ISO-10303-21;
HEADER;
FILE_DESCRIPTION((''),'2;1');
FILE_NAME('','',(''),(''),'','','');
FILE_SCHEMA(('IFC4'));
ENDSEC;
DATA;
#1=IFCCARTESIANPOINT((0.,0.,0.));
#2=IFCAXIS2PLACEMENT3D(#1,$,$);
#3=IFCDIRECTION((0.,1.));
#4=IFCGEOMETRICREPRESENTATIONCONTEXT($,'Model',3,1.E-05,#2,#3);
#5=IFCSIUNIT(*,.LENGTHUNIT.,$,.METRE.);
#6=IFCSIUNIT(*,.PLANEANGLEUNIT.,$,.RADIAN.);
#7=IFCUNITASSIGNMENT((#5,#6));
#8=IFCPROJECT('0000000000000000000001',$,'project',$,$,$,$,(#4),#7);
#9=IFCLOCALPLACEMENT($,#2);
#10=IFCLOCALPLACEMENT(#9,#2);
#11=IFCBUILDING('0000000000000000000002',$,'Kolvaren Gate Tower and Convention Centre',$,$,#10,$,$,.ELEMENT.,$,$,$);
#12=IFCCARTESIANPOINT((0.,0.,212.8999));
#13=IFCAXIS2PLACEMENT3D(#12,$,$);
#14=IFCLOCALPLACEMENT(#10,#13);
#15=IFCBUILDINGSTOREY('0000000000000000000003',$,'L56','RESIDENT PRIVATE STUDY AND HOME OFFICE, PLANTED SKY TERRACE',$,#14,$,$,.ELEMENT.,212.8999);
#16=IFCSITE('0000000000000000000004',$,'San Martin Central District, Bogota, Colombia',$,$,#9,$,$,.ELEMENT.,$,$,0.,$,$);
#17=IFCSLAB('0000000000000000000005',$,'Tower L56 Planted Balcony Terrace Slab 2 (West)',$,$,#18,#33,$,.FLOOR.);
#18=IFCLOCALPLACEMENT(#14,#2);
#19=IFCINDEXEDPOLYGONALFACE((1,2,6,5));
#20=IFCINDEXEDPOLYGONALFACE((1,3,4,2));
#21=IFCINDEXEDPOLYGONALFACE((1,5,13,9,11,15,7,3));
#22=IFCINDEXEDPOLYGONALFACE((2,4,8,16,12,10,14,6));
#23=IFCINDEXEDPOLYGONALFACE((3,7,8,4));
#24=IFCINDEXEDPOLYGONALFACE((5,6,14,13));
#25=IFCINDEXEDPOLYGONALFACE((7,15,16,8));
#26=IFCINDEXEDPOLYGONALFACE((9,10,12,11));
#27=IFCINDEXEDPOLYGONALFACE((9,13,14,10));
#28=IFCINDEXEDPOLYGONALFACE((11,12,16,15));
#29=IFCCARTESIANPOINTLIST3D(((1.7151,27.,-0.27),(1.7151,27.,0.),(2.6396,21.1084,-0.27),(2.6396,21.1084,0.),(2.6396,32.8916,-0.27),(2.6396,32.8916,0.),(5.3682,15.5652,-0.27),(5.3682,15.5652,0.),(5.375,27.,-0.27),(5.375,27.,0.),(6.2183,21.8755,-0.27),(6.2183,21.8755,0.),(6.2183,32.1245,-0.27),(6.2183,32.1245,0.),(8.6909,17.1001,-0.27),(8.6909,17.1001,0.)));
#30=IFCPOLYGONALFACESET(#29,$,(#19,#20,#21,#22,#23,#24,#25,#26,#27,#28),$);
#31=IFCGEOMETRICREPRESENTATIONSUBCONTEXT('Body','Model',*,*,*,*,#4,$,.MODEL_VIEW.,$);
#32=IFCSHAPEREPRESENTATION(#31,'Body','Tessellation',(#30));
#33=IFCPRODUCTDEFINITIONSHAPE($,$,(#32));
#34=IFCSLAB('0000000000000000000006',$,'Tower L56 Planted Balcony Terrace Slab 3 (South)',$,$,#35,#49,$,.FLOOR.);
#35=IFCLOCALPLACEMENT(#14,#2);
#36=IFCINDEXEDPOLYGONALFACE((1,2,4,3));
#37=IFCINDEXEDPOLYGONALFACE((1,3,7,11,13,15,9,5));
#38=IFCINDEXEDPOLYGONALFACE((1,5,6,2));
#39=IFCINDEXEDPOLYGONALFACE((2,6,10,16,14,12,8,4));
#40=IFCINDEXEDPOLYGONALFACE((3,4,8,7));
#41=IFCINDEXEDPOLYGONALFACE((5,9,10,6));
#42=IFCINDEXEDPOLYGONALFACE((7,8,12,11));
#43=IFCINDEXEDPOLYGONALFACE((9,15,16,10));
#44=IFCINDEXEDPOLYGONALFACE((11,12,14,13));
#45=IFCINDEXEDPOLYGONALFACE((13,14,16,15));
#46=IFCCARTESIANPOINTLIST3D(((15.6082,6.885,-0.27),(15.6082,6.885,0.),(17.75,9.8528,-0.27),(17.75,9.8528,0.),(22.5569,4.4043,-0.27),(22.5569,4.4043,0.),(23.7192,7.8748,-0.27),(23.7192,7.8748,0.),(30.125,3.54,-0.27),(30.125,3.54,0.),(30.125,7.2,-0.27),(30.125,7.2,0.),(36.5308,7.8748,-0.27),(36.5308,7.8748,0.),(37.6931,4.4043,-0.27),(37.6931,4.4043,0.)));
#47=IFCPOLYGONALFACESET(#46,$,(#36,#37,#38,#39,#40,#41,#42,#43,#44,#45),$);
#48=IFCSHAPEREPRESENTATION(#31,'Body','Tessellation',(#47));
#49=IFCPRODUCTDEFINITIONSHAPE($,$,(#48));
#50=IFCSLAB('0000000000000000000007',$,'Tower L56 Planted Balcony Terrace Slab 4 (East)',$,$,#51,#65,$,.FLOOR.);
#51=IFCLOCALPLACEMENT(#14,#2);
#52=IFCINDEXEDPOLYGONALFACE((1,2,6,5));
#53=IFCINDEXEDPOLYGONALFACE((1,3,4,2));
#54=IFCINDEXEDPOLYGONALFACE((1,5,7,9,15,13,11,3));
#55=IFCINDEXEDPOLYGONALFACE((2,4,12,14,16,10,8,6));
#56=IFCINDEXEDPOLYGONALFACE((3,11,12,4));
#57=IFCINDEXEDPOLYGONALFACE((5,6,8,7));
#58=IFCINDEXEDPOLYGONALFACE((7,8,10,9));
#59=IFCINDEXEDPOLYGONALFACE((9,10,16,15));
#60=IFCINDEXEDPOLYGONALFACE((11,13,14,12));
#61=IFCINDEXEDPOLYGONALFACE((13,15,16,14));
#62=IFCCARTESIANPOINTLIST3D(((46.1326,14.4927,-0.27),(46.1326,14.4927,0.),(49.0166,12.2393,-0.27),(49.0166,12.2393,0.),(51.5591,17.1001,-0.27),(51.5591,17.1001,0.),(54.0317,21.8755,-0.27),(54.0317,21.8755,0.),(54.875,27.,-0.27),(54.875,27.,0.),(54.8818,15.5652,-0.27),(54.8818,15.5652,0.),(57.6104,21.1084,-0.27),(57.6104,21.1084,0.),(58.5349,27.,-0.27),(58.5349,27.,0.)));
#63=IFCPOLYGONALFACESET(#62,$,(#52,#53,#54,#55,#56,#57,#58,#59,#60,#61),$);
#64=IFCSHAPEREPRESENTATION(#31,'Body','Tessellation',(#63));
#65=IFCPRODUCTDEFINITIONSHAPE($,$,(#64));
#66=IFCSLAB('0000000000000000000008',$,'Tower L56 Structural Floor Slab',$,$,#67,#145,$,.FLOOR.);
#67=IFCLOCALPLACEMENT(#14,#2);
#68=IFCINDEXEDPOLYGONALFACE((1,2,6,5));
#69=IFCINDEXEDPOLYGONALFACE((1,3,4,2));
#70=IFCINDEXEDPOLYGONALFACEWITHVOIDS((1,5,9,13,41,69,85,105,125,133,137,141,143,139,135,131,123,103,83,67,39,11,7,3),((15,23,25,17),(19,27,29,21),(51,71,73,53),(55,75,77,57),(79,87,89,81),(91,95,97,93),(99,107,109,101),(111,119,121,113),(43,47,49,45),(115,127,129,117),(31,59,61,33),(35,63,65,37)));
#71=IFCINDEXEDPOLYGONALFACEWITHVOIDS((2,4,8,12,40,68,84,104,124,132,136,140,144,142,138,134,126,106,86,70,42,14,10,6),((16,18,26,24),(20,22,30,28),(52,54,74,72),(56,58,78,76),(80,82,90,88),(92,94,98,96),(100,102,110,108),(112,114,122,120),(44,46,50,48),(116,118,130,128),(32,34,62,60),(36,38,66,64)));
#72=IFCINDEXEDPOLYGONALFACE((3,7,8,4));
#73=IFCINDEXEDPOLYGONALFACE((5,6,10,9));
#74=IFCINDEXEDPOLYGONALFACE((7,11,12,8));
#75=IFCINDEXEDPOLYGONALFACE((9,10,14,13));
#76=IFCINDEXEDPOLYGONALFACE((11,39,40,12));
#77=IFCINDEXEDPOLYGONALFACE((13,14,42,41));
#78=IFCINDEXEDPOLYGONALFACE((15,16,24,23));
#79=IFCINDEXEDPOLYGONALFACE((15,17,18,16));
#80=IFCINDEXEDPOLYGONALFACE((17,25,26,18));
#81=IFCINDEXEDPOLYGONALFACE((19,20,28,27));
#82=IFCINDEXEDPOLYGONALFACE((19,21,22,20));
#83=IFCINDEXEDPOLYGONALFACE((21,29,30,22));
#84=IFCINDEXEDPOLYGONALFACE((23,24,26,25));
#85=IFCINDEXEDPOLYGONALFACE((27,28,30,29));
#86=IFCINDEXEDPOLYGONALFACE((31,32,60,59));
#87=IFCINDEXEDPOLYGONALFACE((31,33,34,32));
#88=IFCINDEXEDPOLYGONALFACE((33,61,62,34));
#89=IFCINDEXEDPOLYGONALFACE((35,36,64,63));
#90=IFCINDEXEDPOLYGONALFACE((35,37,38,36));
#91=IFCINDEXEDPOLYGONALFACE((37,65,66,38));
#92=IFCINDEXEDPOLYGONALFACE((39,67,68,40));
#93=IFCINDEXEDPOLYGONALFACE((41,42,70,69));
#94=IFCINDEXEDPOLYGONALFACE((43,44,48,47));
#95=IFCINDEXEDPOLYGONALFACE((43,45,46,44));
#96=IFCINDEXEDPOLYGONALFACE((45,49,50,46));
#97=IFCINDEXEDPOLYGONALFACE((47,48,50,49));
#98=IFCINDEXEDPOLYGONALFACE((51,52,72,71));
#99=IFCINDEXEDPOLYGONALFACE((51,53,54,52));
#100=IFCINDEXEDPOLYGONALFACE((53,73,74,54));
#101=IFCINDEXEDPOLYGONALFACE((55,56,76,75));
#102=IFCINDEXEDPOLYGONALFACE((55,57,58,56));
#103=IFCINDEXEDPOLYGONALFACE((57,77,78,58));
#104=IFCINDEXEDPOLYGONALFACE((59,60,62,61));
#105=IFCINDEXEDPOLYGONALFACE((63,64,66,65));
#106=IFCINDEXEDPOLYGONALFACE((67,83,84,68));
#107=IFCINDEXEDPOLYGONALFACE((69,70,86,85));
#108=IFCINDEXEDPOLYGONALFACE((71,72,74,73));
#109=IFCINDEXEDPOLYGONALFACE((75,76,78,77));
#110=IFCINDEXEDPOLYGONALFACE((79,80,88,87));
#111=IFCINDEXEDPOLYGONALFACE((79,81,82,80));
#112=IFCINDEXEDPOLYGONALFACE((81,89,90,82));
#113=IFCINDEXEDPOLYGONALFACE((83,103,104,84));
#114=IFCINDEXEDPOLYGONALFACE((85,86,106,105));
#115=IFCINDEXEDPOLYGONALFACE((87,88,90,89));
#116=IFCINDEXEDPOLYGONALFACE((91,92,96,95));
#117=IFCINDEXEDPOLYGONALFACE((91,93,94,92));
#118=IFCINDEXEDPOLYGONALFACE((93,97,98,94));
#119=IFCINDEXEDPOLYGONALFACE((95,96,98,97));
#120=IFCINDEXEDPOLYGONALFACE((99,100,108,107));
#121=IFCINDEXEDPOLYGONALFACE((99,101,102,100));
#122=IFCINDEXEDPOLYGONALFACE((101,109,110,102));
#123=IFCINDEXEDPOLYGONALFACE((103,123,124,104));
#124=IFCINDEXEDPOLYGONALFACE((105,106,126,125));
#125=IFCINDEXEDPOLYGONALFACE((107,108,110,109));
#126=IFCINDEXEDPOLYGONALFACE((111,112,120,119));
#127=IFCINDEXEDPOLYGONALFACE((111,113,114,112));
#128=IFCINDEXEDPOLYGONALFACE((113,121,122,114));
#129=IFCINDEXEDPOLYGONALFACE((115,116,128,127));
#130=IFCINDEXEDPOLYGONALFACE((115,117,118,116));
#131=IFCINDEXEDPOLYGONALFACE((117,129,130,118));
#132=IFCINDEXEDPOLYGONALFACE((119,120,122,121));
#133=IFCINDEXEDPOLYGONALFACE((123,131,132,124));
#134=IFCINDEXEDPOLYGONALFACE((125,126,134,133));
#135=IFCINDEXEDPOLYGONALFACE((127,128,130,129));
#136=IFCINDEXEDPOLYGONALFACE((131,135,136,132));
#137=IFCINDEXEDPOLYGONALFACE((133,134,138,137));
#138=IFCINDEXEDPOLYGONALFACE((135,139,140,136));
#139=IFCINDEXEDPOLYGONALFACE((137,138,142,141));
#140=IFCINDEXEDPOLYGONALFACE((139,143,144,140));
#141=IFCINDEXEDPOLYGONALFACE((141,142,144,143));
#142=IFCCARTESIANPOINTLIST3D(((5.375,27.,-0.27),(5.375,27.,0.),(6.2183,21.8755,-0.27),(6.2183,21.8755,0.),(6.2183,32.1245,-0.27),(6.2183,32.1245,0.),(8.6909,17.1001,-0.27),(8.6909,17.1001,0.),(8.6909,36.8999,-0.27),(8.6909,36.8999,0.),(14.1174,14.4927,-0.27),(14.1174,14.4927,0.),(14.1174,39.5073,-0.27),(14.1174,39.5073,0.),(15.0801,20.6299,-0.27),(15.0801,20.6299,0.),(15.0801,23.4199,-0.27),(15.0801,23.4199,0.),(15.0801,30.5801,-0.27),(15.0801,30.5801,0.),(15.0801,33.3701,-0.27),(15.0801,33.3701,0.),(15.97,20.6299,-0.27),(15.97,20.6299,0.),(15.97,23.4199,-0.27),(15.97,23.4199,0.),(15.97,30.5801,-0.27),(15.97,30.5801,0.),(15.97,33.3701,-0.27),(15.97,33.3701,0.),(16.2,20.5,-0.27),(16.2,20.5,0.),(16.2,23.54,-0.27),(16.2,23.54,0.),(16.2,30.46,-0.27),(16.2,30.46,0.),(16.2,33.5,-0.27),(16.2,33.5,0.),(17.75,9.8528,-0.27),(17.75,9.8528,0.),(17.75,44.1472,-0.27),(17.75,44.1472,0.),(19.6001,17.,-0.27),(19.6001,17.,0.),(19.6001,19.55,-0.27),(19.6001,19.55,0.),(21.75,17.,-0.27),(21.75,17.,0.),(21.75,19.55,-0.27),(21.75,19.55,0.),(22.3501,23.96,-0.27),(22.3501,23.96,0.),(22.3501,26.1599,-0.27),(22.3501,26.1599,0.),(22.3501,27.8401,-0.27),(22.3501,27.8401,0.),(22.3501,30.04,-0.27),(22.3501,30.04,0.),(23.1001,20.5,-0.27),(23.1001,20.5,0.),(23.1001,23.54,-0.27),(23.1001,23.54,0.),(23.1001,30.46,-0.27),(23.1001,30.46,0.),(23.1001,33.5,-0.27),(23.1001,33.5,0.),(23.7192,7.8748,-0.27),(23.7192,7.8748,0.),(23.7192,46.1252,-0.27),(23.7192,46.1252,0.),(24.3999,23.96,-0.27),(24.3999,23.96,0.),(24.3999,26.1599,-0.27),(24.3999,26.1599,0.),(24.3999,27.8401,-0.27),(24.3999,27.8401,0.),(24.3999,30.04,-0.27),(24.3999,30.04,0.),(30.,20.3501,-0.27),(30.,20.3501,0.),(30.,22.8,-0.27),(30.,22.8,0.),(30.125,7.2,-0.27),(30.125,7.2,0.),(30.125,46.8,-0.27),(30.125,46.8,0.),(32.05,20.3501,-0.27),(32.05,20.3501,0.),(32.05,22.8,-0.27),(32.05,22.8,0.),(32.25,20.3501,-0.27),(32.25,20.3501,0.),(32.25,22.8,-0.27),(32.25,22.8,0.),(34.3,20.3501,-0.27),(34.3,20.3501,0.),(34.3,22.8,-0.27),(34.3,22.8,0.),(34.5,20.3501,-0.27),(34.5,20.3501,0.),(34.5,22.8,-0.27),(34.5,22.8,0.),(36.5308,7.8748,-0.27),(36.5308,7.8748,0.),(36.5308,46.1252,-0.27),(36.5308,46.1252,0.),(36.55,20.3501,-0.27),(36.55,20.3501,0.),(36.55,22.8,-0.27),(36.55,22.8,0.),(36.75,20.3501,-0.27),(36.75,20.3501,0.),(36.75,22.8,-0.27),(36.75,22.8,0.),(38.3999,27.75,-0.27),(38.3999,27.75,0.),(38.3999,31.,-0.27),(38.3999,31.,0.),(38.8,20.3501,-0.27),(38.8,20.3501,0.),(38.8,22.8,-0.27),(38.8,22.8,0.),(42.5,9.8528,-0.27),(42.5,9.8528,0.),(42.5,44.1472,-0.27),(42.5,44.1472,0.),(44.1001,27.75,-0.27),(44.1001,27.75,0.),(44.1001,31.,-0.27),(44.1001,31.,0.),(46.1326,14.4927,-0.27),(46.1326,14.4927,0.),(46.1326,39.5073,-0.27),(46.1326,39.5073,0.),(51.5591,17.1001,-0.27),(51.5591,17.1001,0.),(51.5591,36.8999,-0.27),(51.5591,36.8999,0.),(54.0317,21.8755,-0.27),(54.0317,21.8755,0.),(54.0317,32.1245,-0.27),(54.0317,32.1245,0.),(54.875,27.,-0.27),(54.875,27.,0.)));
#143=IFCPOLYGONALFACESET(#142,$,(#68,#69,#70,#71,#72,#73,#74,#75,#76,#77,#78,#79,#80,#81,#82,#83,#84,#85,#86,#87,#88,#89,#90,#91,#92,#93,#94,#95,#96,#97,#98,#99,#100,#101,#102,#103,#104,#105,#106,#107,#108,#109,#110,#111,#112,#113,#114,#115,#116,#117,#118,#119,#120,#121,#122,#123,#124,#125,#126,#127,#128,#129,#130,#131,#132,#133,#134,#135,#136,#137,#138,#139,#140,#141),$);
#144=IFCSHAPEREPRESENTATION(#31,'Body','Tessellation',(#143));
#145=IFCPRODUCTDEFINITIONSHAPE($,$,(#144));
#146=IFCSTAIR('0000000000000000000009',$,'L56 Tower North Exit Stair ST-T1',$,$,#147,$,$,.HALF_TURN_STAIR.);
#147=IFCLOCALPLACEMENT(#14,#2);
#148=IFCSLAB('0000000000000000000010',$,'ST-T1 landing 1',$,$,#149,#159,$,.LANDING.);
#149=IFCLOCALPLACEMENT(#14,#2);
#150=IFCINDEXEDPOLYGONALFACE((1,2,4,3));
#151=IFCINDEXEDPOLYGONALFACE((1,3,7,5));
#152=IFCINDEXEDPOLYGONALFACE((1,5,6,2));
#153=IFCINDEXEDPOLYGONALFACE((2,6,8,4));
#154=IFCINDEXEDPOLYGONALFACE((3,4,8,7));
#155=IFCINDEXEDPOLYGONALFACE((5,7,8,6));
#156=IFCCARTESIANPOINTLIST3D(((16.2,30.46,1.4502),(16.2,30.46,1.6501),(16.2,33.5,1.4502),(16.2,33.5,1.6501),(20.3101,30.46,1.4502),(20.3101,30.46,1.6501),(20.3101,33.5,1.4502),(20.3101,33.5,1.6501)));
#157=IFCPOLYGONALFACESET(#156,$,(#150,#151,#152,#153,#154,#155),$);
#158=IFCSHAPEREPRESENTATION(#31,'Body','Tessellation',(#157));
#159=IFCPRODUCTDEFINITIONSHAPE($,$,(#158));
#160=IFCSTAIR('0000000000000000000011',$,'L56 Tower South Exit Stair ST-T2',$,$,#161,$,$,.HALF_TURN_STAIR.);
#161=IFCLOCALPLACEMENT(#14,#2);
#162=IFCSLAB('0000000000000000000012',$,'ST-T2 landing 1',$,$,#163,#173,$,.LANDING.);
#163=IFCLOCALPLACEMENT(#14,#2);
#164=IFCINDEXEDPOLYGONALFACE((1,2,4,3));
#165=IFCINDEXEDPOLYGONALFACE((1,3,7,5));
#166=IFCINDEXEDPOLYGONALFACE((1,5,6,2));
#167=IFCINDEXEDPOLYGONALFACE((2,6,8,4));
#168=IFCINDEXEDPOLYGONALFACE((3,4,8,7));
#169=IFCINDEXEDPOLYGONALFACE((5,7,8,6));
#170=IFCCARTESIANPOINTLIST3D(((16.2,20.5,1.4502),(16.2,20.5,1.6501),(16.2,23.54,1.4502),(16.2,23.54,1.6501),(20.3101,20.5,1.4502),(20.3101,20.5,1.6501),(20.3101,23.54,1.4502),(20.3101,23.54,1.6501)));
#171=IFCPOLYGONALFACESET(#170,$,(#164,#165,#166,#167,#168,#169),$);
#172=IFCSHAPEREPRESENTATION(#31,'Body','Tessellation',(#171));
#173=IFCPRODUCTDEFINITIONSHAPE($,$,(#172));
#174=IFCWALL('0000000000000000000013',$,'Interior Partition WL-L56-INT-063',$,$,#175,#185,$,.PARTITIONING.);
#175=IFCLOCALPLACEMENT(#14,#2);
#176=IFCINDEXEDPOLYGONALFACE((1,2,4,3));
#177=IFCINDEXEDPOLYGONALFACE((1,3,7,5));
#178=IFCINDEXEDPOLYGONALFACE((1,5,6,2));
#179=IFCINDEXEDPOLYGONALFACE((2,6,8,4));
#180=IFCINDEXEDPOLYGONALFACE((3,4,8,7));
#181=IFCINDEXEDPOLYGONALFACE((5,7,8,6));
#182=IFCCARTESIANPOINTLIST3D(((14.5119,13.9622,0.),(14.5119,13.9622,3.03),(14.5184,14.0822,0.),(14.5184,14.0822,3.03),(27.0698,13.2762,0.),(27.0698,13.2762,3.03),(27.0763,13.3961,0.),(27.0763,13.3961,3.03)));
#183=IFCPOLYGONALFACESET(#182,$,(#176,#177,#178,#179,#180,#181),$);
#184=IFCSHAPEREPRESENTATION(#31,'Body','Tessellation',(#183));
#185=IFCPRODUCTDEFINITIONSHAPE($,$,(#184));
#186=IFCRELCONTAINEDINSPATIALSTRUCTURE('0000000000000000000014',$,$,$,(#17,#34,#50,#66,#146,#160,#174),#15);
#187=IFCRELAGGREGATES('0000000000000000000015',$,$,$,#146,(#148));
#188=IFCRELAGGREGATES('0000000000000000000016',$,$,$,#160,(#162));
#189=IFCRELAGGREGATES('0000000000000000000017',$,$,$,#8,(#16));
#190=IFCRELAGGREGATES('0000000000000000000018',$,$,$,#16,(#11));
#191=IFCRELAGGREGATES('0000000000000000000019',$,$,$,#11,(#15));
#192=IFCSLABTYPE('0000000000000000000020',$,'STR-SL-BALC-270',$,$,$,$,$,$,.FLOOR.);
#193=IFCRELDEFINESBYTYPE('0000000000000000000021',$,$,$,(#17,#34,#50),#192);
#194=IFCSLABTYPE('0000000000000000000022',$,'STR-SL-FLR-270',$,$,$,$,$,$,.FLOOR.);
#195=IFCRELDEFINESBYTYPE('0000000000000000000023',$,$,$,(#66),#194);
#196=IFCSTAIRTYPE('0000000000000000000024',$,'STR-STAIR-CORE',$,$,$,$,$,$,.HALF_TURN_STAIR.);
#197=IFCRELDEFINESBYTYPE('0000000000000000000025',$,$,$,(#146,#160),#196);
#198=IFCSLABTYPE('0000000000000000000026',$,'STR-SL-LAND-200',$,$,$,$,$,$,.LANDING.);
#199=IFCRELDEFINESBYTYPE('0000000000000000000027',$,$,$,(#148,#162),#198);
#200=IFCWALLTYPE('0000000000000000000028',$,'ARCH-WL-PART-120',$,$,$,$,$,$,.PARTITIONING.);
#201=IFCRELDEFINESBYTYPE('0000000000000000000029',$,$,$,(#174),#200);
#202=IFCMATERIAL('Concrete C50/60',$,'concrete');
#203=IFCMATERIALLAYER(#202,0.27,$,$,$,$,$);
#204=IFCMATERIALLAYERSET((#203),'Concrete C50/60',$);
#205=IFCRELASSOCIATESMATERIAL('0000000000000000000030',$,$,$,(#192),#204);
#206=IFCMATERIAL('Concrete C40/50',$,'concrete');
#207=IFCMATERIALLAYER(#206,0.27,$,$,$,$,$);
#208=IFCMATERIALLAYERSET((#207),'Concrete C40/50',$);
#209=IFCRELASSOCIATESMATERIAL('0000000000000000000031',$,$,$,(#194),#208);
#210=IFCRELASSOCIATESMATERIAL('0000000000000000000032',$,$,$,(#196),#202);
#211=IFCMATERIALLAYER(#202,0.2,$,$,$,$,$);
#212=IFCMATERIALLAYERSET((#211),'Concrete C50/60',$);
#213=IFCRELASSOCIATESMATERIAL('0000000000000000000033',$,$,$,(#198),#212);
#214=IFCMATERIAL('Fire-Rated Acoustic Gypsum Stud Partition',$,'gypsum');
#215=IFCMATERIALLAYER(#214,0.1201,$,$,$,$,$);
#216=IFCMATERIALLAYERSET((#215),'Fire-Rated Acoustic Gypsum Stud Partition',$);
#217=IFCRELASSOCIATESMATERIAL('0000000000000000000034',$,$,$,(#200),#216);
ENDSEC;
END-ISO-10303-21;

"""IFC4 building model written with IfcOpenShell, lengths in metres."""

from ifc_helpers import new_model, si_unit, direction, frame, frame_2d, origin, place, context, subcontext, project, spatial, polyline, rectangle, outline, extrude, material, layer, layer_set, type_object, element, aggregate, save


model = new_model("IFC4")

# Units and contexts
model_context = context("Model", 3, precision=1e-05, world=origin(), true_north=direction((0.0, 1.0)))
body_context = subcontext(model_context, "Body", "Model", "MODEL_VIEW")
ifc_project = project(units=[si_unit("LENGTHUNIT", "METRE"), si_unit("PLANEANGLEUNIT", "RADIAN")], contexts=[model_context])

# Site, building, storey
site_placement = place(None, origin())
site = spatial("IfcSite", under=ifc_project, at=site_placement, Name="San Martin Central District, Bogota, Colombia", CompositionType="ELEMENT", RefElevation=0.0)
building_placement = place(site_placement, origin())
building = spatial("IfcBuilding", under=site, at=building_placement, Name="Kolvaren Gate Tower and Convention Centre", CompositionType="ELEMENT")
storey_placement = place(building_placement, frame((0.0, 0.0, 212.8999)))
storey = spatial("IfcBuildingStorey", under=building, at=storey_placement, Name="L56", Description="RESIDENT PRIVATE STUDY AND HOME OFFICE, PLANTED SKY TERRACE", CompositionType="ELEMENT", Elevation=212.8999)

# Slabs
ifc_material_1 = material(Name="Concrete C50/60", Category="concrete")
ifc_layer_1 = layer(ifc_material_1, 0.27)
ifc_layer_set_1 = layer_set([ifc_layer_1], Name="Concrete C50/60")
slab_type_1 = type_object("IfcSlabType", Name="STR-SL-BALC-270", PredefinedType="FLOOR", material=ifc_layer_set_1)
slab_1_placement = place(storey_placement, frame((0.0, 0.0, -0.27)))
element("IfcSlab", 1, at=slab_1_placement, inside=storey, type_object=slab_type_1, Name="Tower L56 Planted Balcony Terrace Slab 2 (West)", PredefinedType="FLOOR", context=body_context, shape_type="SweptSolid", body=[
    extrude(outline(polyline([(6.2183, 32.1245), (5.375, 27.0), (6.2183, 21.8755), (8.6909, 17.1001), (5.3682, 15.5652), (2.6396, 21.1084), (1.7151, 27.0), (2.6396, 32.8916), (6.2183, 32.1245)])), origin(), (0.0, 0.0, 1.0), 0.27),
])
slab_2_placement = place(storey_placement, frame((0.0, 0.0, -0.27)))
element("IfcSlab", 2, at=slab_2_placement, inside=storey, type_object=slab_type_1, Name="Tower L56 Planted Balcony Terrace Slab 3 (South)", PredefinedType="FLOOR", context=body_context, shape_type="SweptSolid", body=[
    extrude(outline(polyline([(17.75, 9.8528), (23.7192, 7.8748), (30.125, 7.2), (36.5308, 7.8748), (37.6931, 4.4043), (30.125, 3.54), (22.5569, 4.4043), (15.6082, 6.885), (17.75, 9.8528)])), origin(), (0.0, 0.0, 1.0), 0.27),
])
slab_3_placement = place(storey_placement, frame((0.0, 0.0, -0.27)))
element("IfcSlab", 3, at=slab_3_placement, inside=storey, type_object=slab_type_1, Name="Tower L56 Planted Balcony Terrace Slab 4 (East)", PredefinedType="FLOOR", context=body_context, shape_type="SweptSolid", body=[
    extrude(outline(polyline([(46.1326, 14.4927), (51.5591, 17.1001), (54.0317, 21.8755), (54.875, 27.0), (58.5349, 27.0), (57.6104, 21.1084), (54.8818, 15.5652), (49.0166, 12.2393), (46.1326, 14.4927)])), origin(), (0.0, 0.0, 1.0), 0.27),
])
ifc_material_2 = material(Name="Concrete C40/50", Category="concrete")
ifc_layer_2 = layer(ifc_material_2, 0.27)
ifc_layer_set_2 = layer_set([ifc_layer_2], Name="Concrete C40/50")
slab_type_2 = type_object("IfcSlabType", Name="STR-SL-FLR-270", PredefinedType="FLOOR", material=ifc_layer_set_2)
slab_4_placement = place(storey_placement, frame((0.0, 0.0, -0.27)))
element("IfcSlab", 4, at=slab_4_placement, inside=storey, type_object=slab_type_2, Name="Tower L56 Structural Floor Slab", PredefinedType="FLOOR", context=body_context, shape_type="SweptSolid", body=[
    extrude(outline(polyline([(54.875, 27.0), (54.0317, 32.1245), (51.5591, 36.8999), (46.1326, 39.5073), (42.5, 44.1472), (36.5308, 46.1252), (30.125, 46.8), (23.7192, 46.1252), (17.75, 44.1472), (14.1174, 39.5073), (8.6909, 36.8999), (6.2183, 32.1245), (5.375, 27.0), (6.2183, 21.8755), (8.6909, 17.1001), (14.1174, 14.4927), (17.75, 9.8528), (23.7192, 7.8748), (30.125, 7.2), (36.5308, 7.8748), (42.5, 9.8528), (46.1326, 14.4927), (51.5591, 17.1001), (54.0317, 21.8755), (54.875, 27.0)]), holes=[polyline([(38.3999, 27.75), (38.3999, 31.0), (44.1001, 31.0), (44.1001, 27.75), (38.3999, 27.75)]), polyline([(38.8, 20.3501), (36.75, 20.3501), (36.75, 22.8), (38.8, 22.8), (38.8, 20.3501)]), polyline([(34.5, 20.3501), (34.5, 22.8), (36.55, 22.8), (36.55, 20.3501), (34.5, 20.3501)]), polyline([(32.25, 20.3501), (32.25, 22.8), (34.3, 22.8), (34.3, 20.3501), (32.25, 20.3501)]), polyline([(32.05, 20.3501), (30.0, 20.3501), (30.0, 22.8), (32.05, 22.8), (32.05, 20.3501)]), polyline([(22.3501, 23.96), (22.3501, 26.1599), (24.3999, 26.1599), (24.3999, 23.96), (22.3501, 23.96)]), polyline([(24.3999, 27.8401), (22.3501, 27.8401), (22.3501, 30.04), (24.3999, 30.04), (24.3999, 27.8401)]), polyline([(23.1001, 23.54), (23.1001, 20.5), (16.2, 20.5), (16.2, 23.54), (23.1001, 23.54)]), polyline([(23.1001, 33.5), (23.1001, 30.46), (16.2, 30.46), (16.2, 33.5), (23.1001, 33.5)]), polyline([(21.75, 17.0), (19.6001, 17.0), (19.6001, 19.55), (21.75, 19.55), (21.75, 17.0)]), polyline([(15.0801, 20.6299), (15.0801, 23.4199), (15.97, 23.4199), (15.97, 20.6299), (15.0801, 20.6299)]), polyline([(15.0801, 30.5801), (15.0801, 33.3701), (15.97, 33.3701), (15.97, 30.5801), (15.0801, 30.5801)])]), origin(), (0.0, 0.0, 1.0), 0.27),
])

# Stairs, slabs
stair_type = type_object("IfcStairType", Name="STR-STAIR-CORE", PredefinedType="HALF_TURN_STAIR", material=ifc_material_1)
stair_1_placement = place(storey_placement, origin())
stair_1 = element("IfcStair", 5, at=stair_1_placement, inside=storey, type_object=stair_type, Name="L56 Tower North Exit Stair ST-T1", PredefinedType="HALF_TURN_STAIR")
ifc_layer_3 = layer(ifc_material_1, 0.2)
ifc_layer_set_3 = layer_set([ifc_layer_3], Name="Concrete C50/60")
slab_type_3 = type_object("IfcSlabType", Name="STR-SL-LAND-200", PredefinedType="LANDING", material=ifc_layer_set_3)
slab_5_placement = place(storey_placement, frame((0.0, 0.0, 1.4502)))
slab_5 = element("IfcSlab", 6, at=slab_5_placement, type_object=slab_type_3, Name="ST-T1 landing 1", PredefinedType="LANDING", context=body_context, shape_type="SweptSolid", body=[
    extrude(outline(polyline([(20.3101, 33.5), (16.2, 33.5), (16.2, 30.46), (20.3101, 30.46), (20.3101, 33.5)])), origin(), (0.0, 0.0, 1.0), 0.2),
])
aggregate(stair_1, [slab_5])
stair_2_placement = place(storey_placement, origin())
stair_2 = element("IfcStair", 7, at=stair_2_placement, inside=storey, type_object=stair_type, Name="L56 Tower South Exit Stair ST-T2", PredefinedType="HALF_TURN_STAIR")
slab_6_placement = place(storey_placement, frame((0.0, 0.0, 1.4502)))
slab_6 = element("IfcSlab", 8, at=slab_6_placement, type_object=slab_type_3, Name="ST-T2 landing 1", PredefinedType="LANDING", context=body_context, shape_type="SweptSolid", body=[
    extrude(outline(polyline([(20.3101, 23.54), (16.2, 23.54), (16.2, 20.5), (20.3101, 20.5), (20.3101, 23.54)])), origin(), (0.0, 0.0, 1.0), 0.2),
])
aggregate(stair_2, [slab_6])

# Wall
ifc_material_3 = material(Name="Fire-Rated Acoustic Gypsum Stud Partition", Category="gypsum")
ifc_layer_4 = layer(ifc_material_3, 0.1201)
ifc_layer_set_4 = layer_set([ifc_layer_4], Name="Fire-Rated Acoustic Gypsum Stud Partition")
wall_type = type_object("IfcWallType", Name="ARCH-WL-PART-120", PredefinedType="PARTITIONING", material=ifc_layer_set_4)
wall_placement = place(storey_placement, frame((14.5151, 14.0222, 0.0), z_axis=(0.0, 0.0, 1.0), x_axis=(0.998511, -0.054549, 0.0)))
element("IfcWall", 9, at=wall_placement, inside=storey, type_object=wall_type, Name="Interior Partition WL-L56-INT-063", PredefinedType="PARTITIONING", context=body_context, shape_type="SweptSolid", body=[
    extrude(rectangle(XDim=12.5767, YDim=0.1201, at=frame_2d((6.2883, 0.0))), origin(), (0.0, 0.0, 1.0), 3.03),
])

save(model, "model.ifc")
